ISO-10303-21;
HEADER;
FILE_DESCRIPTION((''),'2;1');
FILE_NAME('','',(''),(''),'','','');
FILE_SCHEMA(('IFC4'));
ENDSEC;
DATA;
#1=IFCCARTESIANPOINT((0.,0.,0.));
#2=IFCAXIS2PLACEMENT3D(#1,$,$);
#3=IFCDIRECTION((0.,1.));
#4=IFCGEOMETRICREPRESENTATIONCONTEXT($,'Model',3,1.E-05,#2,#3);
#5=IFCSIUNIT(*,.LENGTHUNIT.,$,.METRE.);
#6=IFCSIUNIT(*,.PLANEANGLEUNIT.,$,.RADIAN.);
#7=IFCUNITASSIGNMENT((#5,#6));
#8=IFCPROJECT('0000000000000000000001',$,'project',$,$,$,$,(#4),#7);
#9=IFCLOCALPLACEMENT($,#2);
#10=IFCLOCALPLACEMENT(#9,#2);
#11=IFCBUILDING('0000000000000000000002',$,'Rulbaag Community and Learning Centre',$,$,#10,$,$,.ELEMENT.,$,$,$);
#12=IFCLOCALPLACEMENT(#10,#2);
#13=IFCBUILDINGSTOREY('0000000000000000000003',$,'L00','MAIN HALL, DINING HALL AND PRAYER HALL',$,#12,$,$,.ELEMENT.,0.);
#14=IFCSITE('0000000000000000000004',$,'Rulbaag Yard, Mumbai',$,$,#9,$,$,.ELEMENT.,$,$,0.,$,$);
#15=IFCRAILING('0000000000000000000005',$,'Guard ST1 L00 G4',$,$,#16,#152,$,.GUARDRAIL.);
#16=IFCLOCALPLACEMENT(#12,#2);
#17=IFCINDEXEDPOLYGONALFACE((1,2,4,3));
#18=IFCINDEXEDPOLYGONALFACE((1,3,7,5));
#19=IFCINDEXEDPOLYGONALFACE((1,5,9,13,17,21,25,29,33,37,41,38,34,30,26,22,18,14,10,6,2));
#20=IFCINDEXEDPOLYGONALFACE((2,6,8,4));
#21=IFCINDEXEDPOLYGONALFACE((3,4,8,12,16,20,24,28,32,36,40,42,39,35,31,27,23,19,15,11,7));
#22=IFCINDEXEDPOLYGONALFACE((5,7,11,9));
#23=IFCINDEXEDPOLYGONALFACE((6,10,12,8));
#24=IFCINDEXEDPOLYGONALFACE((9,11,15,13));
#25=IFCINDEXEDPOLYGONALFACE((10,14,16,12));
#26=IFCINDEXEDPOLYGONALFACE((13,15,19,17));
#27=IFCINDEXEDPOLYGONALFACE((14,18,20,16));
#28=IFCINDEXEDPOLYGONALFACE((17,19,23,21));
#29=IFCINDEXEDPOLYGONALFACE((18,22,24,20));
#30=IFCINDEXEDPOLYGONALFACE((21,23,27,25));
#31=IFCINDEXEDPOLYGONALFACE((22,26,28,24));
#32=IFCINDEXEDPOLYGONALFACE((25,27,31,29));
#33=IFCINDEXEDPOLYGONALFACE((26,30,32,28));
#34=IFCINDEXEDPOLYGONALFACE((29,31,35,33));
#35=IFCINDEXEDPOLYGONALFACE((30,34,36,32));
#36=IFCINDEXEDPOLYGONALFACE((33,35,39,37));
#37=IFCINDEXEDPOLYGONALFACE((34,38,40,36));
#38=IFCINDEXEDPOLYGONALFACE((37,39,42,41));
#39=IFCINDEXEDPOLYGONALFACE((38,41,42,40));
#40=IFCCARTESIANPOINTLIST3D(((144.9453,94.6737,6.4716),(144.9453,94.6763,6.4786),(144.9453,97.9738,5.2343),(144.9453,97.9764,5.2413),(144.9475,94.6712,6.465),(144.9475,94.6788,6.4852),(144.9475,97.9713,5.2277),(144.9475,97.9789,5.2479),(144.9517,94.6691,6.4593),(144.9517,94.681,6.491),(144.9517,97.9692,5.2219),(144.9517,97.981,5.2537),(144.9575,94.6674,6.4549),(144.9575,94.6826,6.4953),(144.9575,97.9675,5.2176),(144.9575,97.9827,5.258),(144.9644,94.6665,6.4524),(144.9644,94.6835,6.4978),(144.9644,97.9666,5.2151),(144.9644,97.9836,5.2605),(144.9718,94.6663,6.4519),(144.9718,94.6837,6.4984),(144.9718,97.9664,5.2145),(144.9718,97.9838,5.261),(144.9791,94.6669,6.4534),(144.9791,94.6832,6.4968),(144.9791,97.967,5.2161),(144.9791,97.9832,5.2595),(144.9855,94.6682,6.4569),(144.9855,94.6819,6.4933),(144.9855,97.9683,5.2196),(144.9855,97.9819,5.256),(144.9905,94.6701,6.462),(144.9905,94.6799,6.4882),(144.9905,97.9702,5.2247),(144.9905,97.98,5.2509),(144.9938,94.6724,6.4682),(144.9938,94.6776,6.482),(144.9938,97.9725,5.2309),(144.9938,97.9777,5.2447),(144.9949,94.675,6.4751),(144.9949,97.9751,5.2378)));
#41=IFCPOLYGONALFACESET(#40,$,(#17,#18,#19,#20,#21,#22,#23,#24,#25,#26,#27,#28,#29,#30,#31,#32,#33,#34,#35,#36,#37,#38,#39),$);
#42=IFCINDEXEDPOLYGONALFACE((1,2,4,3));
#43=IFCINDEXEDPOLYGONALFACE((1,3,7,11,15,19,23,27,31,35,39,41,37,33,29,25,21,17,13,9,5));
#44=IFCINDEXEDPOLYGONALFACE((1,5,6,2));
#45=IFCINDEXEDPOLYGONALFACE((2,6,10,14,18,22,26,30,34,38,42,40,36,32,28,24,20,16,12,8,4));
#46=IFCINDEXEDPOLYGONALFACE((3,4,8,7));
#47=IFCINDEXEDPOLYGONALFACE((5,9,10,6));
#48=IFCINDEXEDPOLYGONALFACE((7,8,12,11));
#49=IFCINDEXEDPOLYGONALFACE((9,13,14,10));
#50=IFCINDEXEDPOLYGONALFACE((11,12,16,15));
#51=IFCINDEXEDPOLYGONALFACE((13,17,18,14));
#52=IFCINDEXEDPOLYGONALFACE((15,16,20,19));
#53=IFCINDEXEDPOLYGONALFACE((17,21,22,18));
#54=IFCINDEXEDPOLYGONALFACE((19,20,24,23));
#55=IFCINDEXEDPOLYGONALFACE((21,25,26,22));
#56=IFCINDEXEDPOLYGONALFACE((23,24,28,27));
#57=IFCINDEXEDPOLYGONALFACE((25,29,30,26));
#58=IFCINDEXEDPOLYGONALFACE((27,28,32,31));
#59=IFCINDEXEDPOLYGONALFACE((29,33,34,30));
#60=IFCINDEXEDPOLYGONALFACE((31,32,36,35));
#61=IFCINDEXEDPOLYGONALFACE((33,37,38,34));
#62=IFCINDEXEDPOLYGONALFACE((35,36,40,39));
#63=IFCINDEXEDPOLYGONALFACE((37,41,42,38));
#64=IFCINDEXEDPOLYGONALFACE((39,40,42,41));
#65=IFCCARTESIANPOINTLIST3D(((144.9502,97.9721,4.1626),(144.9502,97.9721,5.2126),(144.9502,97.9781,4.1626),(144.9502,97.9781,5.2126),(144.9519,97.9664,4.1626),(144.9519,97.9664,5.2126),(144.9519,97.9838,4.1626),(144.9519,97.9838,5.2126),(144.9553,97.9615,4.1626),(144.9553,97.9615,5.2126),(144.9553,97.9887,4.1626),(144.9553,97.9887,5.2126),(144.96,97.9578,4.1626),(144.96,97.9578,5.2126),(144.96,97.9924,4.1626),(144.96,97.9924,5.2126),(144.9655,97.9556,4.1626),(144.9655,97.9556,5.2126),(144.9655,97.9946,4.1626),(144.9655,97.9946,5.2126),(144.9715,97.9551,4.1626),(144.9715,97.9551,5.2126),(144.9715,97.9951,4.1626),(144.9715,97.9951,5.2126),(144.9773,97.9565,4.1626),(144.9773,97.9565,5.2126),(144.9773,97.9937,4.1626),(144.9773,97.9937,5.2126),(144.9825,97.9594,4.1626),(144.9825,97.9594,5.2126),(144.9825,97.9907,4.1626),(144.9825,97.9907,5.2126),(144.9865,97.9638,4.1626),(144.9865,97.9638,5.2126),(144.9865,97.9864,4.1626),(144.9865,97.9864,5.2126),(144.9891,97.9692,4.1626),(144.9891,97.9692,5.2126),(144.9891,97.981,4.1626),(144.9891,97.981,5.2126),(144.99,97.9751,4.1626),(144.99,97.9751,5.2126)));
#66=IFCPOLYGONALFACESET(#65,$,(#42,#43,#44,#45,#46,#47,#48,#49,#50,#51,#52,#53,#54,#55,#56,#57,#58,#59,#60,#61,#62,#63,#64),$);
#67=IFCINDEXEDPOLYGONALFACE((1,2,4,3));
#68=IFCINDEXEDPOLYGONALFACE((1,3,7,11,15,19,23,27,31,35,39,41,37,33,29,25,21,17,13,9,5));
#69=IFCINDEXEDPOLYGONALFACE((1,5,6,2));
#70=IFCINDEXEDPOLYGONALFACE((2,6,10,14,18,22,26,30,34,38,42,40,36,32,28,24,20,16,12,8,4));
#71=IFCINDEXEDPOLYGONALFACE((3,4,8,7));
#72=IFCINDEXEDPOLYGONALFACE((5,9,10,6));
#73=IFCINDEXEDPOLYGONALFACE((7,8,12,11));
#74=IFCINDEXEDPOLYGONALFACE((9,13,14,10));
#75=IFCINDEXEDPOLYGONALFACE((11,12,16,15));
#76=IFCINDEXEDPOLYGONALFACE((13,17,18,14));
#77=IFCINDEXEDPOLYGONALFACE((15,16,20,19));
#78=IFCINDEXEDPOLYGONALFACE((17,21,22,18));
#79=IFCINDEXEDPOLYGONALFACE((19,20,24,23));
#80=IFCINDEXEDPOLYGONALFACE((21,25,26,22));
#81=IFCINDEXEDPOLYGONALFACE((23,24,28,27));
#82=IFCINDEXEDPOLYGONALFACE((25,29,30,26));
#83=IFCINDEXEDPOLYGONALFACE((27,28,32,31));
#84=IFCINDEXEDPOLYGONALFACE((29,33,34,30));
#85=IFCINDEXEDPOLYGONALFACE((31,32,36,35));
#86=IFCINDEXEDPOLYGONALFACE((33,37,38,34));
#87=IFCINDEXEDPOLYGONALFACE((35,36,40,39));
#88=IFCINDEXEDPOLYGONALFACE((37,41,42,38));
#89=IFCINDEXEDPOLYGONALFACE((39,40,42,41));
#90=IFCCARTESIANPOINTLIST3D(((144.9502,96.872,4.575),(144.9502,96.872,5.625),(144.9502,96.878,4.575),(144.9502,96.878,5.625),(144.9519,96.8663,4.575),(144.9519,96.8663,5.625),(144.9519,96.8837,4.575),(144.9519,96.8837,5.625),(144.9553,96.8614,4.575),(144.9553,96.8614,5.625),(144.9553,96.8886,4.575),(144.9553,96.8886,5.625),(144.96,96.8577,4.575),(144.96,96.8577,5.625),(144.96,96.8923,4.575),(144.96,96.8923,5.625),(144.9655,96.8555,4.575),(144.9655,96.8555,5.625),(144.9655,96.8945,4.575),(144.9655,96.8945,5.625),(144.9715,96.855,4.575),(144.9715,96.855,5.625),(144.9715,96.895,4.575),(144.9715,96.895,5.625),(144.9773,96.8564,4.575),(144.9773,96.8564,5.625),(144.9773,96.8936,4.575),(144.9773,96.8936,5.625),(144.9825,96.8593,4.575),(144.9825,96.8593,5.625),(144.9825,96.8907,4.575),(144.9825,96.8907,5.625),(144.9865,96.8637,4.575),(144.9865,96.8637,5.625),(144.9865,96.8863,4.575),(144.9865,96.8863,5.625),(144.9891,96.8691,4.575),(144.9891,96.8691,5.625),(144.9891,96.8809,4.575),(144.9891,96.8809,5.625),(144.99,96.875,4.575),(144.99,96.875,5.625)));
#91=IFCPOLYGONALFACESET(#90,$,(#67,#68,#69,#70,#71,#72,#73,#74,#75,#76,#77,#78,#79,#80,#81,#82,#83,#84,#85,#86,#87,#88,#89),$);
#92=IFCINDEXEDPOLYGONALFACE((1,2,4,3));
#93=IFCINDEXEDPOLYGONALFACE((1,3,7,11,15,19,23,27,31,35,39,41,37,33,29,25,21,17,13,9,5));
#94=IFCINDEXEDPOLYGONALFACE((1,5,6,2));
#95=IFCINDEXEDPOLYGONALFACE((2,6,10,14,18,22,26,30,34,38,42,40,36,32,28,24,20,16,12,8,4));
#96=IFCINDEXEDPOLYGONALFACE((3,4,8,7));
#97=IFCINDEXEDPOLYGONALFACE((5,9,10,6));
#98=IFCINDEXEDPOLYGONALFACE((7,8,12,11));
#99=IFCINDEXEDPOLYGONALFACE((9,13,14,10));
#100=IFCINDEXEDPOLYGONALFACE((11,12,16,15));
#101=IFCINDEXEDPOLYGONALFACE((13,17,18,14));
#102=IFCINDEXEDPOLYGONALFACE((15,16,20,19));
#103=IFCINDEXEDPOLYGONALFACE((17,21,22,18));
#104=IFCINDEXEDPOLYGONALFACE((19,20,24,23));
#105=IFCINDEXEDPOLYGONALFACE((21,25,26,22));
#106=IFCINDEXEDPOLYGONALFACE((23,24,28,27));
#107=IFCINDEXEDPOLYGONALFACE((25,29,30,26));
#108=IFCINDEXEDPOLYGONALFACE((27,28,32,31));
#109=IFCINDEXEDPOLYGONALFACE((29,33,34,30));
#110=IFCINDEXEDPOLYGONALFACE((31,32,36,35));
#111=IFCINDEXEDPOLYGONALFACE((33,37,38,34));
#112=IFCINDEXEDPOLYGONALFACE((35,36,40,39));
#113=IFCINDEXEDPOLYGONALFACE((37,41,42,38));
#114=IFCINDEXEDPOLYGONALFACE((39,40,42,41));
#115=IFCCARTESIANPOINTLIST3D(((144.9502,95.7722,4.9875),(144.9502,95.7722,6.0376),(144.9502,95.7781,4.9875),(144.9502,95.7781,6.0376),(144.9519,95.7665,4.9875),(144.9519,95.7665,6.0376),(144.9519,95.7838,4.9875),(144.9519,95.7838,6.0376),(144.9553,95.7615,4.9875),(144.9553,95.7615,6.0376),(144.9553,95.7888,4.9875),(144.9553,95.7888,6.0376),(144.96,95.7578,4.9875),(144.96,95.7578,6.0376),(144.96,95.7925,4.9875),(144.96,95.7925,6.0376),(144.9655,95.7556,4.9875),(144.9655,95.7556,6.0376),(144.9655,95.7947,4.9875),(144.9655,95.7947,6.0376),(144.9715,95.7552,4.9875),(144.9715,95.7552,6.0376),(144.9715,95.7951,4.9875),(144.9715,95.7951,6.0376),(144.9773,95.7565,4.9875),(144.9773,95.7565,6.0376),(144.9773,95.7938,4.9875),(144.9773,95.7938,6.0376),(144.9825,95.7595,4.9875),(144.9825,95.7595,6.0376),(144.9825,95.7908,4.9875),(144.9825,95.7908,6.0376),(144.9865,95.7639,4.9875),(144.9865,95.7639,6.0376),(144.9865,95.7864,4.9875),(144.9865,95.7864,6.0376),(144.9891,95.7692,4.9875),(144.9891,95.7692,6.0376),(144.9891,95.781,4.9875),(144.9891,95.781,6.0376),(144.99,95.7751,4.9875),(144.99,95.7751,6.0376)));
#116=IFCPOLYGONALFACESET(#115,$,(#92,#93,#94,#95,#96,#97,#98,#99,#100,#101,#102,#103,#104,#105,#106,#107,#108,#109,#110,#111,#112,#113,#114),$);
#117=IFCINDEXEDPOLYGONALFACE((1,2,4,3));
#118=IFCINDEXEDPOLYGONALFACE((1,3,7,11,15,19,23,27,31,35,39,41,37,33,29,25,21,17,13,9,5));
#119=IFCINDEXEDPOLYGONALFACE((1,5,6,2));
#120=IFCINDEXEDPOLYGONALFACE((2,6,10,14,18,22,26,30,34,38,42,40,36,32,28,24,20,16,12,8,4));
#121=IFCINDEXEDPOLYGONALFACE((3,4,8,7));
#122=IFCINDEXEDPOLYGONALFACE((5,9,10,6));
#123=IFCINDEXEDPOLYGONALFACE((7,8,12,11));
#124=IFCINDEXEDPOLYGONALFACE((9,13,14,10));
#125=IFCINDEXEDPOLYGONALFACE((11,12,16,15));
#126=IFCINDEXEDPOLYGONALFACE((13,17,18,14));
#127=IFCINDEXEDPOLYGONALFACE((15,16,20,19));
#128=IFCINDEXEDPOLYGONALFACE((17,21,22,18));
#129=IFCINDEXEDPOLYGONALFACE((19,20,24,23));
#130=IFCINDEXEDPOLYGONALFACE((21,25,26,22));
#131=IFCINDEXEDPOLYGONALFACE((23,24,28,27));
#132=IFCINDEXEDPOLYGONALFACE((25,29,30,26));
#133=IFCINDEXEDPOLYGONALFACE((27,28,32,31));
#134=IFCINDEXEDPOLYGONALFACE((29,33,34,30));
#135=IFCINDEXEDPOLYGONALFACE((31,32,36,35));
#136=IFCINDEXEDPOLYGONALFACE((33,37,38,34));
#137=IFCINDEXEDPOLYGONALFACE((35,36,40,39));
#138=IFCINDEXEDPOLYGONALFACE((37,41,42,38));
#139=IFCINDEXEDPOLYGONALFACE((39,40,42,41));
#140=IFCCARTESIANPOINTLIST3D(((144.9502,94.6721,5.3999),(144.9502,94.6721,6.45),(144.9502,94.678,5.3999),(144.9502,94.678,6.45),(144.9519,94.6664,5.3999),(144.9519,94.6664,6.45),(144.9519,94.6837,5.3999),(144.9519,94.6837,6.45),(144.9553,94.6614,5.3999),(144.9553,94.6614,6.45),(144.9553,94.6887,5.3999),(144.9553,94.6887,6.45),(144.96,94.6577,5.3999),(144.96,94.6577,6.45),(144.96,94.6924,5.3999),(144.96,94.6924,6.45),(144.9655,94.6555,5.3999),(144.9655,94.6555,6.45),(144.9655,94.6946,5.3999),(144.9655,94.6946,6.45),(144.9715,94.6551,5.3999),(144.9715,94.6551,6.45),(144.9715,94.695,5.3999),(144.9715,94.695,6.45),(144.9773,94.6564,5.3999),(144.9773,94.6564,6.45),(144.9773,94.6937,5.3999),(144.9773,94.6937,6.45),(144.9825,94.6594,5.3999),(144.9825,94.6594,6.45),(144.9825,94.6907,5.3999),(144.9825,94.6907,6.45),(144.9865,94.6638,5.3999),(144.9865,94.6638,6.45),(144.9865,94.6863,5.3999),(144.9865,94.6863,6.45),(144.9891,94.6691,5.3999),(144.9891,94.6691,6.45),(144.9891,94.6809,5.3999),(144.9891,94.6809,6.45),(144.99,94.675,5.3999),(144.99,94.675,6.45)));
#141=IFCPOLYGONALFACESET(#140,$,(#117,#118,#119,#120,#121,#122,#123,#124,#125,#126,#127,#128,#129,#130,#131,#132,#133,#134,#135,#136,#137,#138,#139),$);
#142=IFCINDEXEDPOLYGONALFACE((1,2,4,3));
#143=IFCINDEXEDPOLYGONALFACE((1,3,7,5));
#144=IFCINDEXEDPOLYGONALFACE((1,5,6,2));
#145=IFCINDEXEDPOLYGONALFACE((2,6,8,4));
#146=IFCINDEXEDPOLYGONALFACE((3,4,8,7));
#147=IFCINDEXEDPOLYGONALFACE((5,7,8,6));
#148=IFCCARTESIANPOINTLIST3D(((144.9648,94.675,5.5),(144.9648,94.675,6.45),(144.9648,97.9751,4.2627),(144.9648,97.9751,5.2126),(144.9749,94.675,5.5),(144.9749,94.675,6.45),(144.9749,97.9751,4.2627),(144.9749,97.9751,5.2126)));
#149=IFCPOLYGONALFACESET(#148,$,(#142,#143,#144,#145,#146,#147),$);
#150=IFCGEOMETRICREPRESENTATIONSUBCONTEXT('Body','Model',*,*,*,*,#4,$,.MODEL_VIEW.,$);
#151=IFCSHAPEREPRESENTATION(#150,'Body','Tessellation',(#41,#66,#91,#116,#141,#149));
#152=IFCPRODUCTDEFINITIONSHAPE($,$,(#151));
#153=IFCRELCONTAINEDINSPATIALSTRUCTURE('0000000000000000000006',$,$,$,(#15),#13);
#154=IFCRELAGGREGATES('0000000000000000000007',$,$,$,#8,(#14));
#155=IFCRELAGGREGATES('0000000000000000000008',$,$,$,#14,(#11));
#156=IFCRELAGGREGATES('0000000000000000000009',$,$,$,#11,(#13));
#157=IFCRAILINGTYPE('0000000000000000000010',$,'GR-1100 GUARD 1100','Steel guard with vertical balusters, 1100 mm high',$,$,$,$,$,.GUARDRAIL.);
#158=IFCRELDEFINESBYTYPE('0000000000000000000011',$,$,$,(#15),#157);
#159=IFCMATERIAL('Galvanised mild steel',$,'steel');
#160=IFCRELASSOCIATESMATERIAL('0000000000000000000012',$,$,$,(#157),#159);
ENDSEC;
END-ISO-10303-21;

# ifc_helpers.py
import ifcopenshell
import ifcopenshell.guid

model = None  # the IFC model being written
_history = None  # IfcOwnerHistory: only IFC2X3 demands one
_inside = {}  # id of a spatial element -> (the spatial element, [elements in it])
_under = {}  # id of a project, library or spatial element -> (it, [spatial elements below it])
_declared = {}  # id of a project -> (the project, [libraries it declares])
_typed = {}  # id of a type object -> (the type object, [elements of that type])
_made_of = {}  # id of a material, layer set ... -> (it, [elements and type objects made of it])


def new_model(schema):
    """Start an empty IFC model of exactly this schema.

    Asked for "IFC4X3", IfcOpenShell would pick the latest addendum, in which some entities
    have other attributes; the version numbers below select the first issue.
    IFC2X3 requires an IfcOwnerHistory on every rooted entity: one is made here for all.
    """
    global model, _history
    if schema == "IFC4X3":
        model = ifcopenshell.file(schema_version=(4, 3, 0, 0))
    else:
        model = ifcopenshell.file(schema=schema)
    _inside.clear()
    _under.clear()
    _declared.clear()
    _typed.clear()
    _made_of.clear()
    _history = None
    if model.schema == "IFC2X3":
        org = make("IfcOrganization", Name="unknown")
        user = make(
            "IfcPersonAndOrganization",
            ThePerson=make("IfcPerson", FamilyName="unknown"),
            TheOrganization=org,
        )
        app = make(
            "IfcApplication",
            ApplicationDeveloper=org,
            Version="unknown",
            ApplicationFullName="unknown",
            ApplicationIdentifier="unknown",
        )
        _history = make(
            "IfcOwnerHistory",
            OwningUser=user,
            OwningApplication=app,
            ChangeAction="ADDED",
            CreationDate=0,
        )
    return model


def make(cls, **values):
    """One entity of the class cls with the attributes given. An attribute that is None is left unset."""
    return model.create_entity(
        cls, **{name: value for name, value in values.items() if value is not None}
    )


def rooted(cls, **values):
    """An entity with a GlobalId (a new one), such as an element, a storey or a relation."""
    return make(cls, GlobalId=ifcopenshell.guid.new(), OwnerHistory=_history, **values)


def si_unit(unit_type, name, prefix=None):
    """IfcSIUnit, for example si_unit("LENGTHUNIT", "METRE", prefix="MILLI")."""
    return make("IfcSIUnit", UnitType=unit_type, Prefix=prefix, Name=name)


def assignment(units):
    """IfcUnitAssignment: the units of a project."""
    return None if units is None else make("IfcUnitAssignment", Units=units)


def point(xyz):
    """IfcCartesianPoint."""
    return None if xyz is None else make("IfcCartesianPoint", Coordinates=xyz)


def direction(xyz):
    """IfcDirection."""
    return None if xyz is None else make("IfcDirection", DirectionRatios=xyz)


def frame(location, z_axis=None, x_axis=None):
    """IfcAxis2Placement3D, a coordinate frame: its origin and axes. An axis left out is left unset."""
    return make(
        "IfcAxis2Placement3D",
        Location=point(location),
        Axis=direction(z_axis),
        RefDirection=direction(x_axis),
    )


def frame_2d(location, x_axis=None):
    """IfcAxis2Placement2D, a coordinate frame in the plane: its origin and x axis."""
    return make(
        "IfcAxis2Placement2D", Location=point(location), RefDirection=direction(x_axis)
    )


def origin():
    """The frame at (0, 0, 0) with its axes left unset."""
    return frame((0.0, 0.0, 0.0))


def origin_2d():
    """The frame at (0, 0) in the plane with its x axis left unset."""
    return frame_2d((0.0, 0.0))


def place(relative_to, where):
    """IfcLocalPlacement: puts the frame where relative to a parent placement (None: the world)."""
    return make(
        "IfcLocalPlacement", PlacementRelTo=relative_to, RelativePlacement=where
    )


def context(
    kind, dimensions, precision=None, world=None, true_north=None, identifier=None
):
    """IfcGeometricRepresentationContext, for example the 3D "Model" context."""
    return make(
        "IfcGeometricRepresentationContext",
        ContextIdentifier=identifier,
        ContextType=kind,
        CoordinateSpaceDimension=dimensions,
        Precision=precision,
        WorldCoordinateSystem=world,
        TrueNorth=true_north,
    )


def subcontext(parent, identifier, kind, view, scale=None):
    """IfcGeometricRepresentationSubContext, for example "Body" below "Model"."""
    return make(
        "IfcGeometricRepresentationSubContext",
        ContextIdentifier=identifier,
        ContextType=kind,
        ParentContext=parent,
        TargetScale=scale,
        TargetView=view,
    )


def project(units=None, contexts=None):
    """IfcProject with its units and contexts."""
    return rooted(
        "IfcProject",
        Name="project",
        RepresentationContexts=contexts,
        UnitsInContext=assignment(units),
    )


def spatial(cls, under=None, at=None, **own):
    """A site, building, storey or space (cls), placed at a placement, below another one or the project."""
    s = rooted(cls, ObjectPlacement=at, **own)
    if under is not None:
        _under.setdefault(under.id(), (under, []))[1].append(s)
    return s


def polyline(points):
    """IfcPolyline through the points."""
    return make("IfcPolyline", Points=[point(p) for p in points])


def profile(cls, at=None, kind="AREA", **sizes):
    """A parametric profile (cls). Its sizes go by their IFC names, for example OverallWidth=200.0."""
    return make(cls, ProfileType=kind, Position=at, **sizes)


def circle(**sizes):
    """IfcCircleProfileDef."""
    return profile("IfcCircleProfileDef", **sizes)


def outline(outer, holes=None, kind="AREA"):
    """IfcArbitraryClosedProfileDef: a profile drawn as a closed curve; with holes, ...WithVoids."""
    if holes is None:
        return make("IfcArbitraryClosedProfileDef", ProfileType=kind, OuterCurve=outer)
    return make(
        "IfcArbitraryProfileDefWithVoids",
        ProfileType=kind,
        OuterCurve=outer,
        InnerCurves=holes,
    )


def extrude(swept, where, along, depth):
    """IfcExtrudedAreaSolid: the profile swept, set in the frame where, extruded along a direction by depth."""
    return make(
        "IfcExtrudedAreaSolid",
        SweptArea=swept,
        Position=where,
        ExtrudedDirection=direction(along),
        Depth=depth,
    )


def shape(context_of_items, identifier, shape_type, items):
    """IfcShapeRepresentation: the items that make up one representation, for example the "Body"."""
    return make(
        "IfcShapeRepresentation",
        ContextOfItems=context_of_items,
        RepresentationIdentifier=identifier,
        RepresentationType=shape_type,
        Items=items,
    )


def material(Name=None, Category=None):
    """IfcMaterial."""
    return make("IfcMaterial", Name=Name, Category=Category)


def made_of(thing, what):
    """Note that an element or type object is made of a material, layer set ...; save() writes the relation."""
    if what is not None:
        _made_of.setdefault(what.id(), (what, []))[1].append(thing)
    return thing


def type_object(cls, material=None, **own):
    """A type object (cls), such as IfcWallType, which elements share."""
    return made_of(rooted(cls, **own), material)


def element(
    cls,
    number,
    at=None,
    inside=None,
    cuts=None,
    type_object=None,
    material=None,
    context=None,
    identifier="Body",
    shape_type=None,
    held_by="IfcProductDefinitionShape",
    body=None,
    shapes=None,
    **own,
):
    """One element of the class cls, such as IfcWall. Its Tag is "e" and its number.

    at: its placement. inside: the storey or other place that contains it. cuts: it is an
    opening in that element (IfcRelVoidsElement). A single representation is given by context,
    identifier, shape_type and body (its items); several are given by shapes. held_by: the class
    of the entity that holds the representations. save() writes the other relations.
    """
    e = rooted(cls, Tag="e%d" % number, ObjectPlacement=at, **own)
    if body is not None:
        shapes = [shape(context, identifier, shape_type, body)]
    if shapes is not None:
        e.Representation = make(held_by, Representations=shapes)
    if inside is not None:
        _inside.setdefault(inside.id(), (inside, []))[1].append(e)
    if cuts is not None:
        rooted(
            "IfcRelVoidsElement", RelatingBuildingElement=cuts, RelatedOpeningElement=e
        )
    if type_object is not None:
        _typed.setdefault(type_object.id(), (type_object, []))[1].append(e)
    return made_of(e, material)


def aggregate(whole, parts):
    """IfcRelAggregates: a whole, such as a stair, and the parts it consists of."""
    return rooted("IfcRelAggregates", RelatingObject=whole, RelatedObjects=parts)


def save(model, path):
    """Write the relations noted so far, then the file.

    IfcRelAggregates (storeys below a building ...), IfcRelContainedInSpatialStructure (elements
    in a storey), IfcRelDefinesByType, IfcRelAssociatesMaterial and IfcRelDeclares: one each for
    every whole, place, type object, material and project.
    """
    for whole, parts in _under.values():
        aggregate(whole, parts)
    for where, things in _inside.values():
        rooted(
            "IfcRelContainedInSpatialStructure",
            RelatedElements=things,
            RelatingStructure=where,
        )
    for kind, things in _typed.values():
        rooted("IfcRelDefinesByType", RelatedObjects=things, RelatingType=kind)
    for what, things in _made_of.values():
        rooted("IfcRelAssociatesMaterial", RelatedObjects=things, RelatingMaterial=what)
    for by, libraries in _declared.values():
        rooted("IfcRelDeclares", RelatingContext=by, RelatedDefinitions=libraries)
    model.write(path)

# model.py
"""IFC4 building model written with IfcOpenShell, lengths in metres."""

from ifc_helpers import new_model, si_unit, direction, frame, origin, origin_2d, place, context, subcontext, project, spatial, polyline, circle, outline, extrude, material, type_object, element, save


model = new_model("IFC4")

# Units and contexts
model_context = context("Model", 3, precision=1e-05, world=origin(), true_north=direction((0.0, 1.0)))
body_context = subcontext(model_context, "Body", "Model", "MODEL_VIEW")
ifc_project = project(units=[si_unit("LENGTHUNIT", "METRE"), si_unit("PLANEANGLEUNIT", "RADIAN")], contexts=[model_context])

# Site, building, storey
site_placement = place(None, origin())
site = spatial("IfcSite", under=ifc_project, at=site_placement, Name="Rulbaag Yard, Mumbai", CompositionType="ELEMENT", RefElevation=0.0)
building_placement = place(site_placement, origin())
building = spatial("IfcBuilding", under=site, at=building_placement, Name="Rulbaag Community and Learning Centre", CompositionType="ELEMENT")
storey_placement = place(building_placement, origin())
storey = spatial("IfcBuildingStorey", under=building, at=storey_placement, Name="L00", Description="MAIN HALL, DINING HALL AND PRAYER HALL", CompositionType="ELEMENT", Elevation=0.0)

# Railing
ifc_material_1 = material(Name="Galvanised mild steel", Category="steel")
railing_type_1 = type_object("IfcRailingType", Name="GR-1100 GUARD 1100", Description="Steel guard with vertical balusters, 1100 mm high", PredefinedType="GUARDRAIL", material=ifc_material_1)
railing_1_placement = place(storey_placement, frame((144.97, 97.9751, 4.1626)))
element("IfcRailing", 1, at=railing_1_placement, inside=storey, type_object=railing_type_1, Name="Guard ST1 L00 G4", PredefinedType="GUARDRAIL", context=body_context, shape_type="SweptSolid", body=[
    extrude(circle(Radius=0.0249, at=origin_2d()), frame((0.0, 0.0, 1.0752), z_axis=(0.0, -0.936349, 0.35107), x_axis=(1.0, 0.0, 0.0)), (0.0, 0.0, 1.0), 3.5244),
    extrude(circle(Radius=0.02, at=origin_2d()), origin(), (0.0, 0.0, 1.0), 1.05),
    extrude(circle(Radius=0.02, at=origin_2d()), frame((0.0, -1.1001, 0.4124)), (0.0, 0.0, 1.0), 1.05),
    extrude(circle(Radius=0.02, at=origin_2d()), frame((0.0, -2.2, 0.825)), (0.0, 0.0, 1.0), 1.05),
    extrude(circle(Radius=0.02, at=origin_2d()), frame((0.0, -3.3, 1.2373)), (0.0, 0.0, 1.0), 1.05),
    extrude(outline(polyline([(0.0, 0.0), (3.3, 1.2373), (3.3, 2.1873), (0.0, 0.95), (0.0, 0.0)])), frame((0.0049, 0.0, 0.1001), z_axis=(-1.0, 0.0, 0.0), x_axis=(0.0, -1.0, 0.0)), (0.0, 0.0, 1.0), 0.01),
])

save(model, "model.ifc")
